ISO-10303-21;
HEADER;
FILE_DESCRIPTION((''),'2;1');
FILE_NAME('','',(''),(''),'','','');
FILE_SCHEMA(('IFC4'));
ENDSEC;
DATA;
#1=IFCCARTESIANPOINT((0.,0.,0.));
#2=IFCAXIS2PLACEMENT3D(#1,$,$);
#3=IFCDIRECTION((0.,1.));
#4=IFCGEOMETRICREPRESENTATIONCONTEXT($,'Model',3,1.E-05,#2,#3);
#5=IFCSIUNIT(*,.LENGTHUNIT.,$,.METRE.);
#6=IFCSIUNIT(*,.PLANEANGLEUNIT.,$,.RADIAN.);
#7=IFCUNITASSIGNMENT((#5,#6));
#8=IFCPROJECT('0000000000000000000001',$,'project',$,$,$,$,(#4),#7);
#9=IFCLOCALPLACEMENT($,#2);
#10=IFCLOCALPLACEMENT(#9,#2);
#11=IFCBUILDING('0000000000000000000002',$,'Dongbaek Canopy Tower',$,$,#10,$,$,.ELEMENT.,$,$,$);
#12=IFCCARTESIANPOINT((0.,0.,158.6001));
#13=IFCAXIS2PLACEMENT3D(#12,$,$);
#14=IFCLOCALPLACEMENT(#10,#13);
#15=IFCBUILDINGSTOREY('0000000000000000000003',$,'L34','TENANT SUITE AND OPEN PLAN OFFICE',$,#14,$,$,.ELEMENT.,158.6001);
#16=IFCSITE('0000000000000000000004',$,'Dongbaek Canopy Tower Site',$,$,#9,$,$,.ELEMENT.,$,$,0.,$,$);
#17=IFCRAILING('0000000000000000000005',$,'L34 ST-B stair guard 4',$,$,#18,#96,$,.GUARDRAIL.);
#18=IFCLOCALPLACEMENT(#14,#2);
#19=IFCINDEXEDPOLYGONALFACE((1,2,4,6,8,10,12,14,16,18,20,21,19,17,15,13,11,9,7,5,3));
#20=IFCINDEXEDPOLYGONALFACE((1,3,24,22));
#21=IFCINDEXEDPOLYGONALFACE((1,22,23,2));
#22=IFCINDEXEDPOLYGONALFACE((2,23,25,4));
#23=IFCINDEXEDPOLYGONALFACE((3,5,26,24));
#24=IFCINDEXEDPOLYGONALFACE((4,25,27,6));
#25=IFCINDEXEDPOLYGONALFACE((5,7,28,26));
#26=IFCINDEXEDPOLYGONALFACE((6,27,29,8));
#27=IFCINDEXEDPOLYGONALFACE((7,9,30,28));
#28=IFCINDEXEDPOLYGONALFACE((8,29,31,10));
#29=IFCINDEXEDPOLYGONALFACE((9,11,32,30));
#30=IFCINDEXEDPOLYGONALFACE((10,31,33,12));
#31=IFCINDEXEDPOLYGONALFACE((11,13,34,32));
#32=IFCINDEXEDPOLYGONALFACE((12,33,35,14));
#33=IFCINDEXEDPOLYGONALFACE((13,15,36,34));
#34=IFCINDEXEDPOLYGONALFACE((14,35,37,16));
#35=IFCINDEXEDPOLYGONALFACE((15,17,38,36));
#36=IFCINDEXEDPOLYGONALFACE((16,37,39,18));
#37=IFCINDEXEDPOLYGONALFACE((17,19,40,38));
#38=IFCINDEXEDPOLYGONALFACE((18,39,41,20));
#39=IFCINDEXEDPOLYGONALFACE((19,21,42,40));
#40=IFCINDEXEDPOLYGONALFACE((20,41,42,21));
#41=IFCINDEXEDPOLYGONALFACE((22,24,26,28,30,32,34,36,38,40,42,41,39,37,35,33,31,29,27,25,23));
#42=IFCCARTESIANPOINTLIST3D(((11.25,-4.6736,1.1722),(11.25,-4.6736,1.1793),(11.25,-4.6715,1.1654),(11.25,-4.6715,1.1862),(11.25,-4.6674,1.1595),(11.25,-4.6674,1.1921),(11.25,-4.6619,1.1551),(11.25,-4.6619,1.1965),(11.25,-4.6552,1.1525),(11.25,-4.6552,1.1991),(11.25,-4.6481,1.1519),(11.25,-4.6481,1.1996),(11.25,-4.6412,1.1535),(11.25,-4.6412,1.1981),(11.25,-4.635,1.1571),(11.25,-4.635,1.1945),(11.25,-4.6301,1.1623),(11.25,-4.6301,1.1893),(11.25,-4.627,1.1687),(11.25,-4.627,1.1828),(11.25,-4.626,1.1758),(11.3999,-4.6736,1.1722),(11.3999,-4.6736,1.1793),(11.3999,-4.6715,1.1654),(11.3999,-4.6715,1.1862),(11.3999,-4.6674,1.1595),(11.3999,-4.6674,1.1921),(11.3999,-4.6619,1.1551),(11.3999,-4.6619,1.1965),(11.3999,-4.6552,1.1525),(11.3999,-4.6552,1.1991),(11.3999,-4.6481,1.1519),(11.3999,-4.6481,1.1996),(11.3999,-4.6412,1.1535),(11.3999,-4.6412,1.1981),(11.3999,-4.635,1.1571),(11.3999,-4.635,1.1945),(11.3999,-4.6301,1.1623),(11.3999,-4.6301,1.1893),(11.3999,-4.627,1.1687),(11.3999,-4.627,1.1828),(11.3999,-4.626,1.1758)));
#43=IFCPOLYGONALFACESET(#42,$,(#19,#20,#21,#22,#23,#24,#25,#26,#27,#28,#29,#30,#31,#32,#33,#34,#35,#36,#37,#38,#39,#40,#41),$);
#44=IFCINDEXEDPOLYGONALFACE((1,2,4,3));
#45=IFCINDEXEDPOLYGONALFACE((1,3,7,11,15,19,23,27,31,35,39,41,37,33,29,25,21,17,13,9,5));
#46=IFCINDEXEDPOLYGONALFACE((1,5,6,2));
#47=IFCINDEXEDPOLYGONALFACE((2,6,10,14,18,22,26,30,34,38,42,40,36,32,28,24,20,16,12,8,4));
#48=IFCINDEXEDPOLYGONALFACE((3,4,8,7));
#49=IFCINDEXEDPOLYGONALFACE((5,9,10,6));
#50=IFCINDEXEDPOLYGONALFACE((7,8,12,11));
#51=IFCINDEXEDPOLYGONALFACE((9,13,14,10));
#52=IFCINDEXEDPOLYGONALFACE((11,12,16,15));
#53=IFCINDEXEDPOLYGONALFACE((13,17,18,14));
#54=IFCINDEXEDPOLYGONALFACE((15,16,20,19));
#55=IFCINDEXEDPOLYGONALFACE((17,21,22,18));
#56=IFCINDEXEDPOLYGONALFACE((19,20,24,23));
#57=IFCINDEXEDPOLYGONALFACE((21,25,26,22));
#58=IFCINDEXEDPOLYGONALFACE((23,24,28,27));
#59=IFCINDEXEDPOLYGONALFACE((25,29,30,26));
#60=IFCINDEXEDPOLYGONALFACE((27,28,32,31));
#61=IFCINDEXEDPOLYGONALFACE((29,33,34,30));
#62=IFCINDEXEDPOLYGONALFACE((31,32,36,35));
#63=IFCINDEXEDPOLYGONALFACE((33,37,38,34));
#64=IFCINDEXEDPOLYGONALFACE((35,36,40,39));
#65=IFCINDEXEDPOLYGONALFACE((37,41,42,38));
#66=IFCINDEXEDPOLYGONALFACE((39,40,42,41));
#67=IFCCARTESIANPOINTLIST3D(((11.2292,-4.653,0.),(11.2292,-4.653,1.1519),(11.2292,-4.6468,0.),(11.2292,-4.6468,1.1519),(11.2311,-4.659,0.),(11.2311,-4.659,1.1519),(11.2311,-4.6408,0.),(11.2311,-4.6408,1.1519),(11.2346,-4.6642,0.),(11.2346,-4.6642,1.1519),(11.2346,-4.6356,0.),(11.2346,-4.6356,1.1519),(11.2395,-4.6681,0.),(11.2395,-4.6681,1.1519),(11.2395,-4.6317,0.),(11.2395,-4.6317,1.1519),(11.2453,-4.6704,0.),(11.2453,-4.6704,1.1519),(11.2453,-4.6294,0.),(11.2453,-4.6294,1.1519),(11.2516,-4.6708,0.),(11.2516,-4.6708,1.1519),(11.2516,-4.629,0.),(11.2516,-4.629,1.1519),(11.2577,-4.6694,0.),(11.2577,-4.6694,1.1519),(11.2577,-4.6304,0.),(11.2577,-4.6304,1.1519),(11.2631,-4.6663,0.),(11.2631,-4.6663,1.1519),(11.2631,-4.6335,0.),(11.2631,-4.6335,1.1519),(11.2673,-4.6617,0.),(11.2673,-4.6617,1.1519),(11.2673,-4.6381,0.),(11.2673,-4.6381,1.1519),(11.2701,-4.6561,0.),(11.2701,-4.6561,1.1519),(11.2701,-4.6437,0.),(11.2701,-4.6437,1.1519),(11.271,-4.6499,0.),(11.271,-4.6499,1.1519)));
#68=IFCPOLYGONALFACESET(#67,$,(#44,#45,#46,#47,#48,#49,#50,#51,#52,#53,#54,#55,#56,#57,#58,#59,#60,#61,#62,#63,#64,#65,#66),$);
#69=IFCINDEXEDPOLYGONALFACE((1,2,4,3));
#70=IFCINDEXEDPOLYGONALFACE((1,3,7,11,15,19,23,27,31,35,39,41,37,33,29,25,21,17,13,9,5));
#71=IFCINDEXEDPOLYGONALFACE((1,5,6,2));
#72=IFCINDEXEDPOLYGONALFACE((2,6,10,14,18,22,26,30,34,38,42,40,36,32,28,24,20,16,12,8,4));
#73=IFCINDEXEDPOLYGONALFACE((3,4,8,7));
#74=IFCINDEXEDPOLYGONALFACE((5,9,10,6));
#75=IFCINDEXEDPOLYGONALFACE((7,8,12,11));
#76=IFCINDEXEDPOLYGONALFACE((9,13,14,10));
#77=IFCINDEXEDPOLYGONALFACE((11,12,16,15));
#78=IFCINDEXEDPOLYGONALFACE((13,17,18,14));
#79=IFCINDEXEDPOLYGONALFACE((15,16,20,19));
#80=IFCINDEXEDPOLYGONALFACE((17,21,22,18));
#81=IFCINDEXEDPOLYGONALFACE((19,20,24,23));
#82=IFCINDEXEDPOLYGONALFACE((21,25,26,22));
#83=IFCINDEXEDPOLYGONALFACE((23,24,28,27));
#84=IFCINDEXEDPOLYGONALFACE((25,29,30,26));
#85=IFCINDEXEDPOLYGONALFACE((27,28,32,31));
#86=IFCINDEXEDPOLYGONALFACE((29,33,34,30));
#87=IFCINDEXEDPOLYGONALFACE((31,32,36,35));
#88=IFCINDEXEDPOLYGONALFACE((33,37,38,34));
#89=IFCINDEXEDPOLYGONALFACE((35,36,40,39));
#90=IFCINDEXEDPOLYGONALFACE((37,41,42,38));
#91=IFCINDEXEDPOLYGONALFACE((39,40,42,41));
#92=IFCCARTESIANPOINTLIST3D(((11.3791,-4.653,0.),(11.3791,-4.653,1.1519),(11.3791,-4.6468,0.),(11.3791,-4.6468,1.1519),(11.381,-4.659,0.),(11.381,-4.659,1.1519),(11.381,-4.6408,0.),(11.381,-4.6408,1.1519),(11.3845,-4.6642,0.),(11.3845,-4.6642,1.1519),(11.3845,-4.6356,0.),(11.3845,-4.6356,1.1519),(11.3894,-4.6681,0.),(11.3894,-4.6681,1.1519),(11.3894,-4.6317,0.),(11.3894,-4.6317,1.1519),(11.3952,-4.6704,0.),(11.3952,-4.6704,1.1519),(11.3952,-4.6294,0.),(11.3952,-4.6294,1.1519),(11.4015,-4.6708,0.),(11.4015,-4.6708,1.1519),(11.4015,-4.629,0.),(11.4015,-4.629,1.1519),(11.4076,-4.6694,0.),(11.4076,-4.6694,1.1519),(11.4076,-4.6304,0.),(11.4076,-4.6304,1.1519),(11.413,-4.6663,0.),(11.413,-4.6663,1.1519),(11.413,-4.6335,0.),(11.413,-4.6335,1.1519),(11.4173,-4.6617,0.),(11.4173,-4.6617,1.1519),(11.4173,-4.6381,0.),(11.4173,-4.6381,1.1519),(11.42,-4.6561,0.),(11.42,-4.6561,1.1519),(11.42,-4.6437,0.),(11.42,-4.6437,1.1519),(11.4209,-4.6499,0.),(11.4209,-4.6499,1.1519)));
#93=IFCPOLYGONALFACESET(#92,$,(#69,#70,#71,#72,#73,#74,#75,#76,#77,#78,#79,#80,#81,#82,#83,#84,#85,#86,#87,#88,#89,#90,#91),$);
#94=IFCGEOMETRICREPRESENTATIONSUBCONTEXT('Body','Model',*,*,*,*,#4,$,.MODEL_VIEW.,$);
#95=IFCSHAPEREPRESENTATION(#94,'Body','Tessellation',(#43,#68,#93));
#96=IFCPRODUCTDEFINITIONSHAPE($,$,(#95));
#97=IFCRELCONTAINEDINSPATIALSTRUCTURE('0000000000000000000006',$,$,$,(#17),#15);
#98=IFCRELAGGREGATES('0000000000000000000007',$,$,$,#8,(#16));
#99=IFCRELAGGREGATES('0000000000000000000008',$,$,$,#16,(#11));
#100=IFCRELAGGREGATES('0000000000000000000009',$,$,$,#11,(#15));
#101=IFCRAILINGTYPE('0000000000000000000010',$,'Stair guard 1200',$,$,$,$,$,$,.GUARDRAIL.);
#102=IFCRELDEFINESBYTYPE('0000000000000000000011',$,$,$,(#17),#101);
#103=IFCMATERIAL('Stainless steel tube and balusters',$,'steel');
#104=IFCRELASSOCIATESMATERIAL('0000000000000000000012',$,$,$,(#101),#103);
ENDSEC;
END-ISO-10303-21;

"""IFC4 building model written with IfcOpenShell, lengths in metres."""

from ifc_helpers import new_model, si_unit, direction, frame, origin, origin_2d, place, context, subcontext, project, spatial, circle, extrude, material, type_object, element, save


model = new_model("IFC4")

# Units and contexts
model_context = context("Model", 3, precision=1e-05, world=origin(), true_north=direction((0.0, 1.0)))
body_context = subcontext(model_context, "Body", "Model", "MODEL_VIEW")
ifc_project = project(units=[si_unit("LENGTHUNIT", "METRE"), si_unit("PLANEANGLEUNIT", "RADIAN")], contexts=[model_context])

# Site, building, storey
site_placement = place(None, origin())
site = spatial("IfcSite", under=ifc_project, at=site_placement, Name="Dongbaek Canopy Tower Site", CompositionType="ELEMENT", RefElevation=0.0)
building_placement = place(site_placement, origin())
building = spatial("IfcBuilding", under=site, at=building_placement, Name="Dongbaek Canopy Tower", CompositionType="ELEMENT")
storey_placement = place(building_placement, frame((0.0, 0.0, 158.6001)))
storey = spatial("IfcBuildingStorey", under=building, at=storey_placement, Name="L34", Description="TENANT SUITE AND OPEN PLAN OFFICE", CompositionType="ELEMENT", Elevation=158.6001)

# Railing
ifc_material_1 = material(Name="Stainless steel tube and balusters", Category="steel")
railing_type_1 = type_object("IfcRailingType", Name="Stair guard 1200", PredefinedType="GUARDRAIL", material=ifc_material_1)
railing_1_placement = place(storey_placement, frame((11.25, -4.6499, 0.0)))
element("IfcRailing", 1, at=railing_1_placement, inside=storey, type_object=railing_type_1, Name="L34 ST-B stair guard 4", PredefinedType="GUARDRAIL", context=body_context, shape_type="SweptSolid", body=[
    extrude(circle(Radius=0.0239, at=origin_2d()), frame((0.0, 0.0, 1.1758), z_axis=(1.0, 0.0, 0.0), x_axis=(0.0, 1.0, 0.0)), (0.0, 0.0, 1.0), 0.1499),
    extrude(circle(Radius=0.021, at=origin_2d()), origin(), (0.0, 0.0, 1.0), 1.1519),
    extrude(circle(Radius=0.021, at=origin_2d()), frame((0.1499, 0.0, 0.0)), (0.0, 0.0, 1.0), 1.1519),
])

save(model, "model.ifc")
